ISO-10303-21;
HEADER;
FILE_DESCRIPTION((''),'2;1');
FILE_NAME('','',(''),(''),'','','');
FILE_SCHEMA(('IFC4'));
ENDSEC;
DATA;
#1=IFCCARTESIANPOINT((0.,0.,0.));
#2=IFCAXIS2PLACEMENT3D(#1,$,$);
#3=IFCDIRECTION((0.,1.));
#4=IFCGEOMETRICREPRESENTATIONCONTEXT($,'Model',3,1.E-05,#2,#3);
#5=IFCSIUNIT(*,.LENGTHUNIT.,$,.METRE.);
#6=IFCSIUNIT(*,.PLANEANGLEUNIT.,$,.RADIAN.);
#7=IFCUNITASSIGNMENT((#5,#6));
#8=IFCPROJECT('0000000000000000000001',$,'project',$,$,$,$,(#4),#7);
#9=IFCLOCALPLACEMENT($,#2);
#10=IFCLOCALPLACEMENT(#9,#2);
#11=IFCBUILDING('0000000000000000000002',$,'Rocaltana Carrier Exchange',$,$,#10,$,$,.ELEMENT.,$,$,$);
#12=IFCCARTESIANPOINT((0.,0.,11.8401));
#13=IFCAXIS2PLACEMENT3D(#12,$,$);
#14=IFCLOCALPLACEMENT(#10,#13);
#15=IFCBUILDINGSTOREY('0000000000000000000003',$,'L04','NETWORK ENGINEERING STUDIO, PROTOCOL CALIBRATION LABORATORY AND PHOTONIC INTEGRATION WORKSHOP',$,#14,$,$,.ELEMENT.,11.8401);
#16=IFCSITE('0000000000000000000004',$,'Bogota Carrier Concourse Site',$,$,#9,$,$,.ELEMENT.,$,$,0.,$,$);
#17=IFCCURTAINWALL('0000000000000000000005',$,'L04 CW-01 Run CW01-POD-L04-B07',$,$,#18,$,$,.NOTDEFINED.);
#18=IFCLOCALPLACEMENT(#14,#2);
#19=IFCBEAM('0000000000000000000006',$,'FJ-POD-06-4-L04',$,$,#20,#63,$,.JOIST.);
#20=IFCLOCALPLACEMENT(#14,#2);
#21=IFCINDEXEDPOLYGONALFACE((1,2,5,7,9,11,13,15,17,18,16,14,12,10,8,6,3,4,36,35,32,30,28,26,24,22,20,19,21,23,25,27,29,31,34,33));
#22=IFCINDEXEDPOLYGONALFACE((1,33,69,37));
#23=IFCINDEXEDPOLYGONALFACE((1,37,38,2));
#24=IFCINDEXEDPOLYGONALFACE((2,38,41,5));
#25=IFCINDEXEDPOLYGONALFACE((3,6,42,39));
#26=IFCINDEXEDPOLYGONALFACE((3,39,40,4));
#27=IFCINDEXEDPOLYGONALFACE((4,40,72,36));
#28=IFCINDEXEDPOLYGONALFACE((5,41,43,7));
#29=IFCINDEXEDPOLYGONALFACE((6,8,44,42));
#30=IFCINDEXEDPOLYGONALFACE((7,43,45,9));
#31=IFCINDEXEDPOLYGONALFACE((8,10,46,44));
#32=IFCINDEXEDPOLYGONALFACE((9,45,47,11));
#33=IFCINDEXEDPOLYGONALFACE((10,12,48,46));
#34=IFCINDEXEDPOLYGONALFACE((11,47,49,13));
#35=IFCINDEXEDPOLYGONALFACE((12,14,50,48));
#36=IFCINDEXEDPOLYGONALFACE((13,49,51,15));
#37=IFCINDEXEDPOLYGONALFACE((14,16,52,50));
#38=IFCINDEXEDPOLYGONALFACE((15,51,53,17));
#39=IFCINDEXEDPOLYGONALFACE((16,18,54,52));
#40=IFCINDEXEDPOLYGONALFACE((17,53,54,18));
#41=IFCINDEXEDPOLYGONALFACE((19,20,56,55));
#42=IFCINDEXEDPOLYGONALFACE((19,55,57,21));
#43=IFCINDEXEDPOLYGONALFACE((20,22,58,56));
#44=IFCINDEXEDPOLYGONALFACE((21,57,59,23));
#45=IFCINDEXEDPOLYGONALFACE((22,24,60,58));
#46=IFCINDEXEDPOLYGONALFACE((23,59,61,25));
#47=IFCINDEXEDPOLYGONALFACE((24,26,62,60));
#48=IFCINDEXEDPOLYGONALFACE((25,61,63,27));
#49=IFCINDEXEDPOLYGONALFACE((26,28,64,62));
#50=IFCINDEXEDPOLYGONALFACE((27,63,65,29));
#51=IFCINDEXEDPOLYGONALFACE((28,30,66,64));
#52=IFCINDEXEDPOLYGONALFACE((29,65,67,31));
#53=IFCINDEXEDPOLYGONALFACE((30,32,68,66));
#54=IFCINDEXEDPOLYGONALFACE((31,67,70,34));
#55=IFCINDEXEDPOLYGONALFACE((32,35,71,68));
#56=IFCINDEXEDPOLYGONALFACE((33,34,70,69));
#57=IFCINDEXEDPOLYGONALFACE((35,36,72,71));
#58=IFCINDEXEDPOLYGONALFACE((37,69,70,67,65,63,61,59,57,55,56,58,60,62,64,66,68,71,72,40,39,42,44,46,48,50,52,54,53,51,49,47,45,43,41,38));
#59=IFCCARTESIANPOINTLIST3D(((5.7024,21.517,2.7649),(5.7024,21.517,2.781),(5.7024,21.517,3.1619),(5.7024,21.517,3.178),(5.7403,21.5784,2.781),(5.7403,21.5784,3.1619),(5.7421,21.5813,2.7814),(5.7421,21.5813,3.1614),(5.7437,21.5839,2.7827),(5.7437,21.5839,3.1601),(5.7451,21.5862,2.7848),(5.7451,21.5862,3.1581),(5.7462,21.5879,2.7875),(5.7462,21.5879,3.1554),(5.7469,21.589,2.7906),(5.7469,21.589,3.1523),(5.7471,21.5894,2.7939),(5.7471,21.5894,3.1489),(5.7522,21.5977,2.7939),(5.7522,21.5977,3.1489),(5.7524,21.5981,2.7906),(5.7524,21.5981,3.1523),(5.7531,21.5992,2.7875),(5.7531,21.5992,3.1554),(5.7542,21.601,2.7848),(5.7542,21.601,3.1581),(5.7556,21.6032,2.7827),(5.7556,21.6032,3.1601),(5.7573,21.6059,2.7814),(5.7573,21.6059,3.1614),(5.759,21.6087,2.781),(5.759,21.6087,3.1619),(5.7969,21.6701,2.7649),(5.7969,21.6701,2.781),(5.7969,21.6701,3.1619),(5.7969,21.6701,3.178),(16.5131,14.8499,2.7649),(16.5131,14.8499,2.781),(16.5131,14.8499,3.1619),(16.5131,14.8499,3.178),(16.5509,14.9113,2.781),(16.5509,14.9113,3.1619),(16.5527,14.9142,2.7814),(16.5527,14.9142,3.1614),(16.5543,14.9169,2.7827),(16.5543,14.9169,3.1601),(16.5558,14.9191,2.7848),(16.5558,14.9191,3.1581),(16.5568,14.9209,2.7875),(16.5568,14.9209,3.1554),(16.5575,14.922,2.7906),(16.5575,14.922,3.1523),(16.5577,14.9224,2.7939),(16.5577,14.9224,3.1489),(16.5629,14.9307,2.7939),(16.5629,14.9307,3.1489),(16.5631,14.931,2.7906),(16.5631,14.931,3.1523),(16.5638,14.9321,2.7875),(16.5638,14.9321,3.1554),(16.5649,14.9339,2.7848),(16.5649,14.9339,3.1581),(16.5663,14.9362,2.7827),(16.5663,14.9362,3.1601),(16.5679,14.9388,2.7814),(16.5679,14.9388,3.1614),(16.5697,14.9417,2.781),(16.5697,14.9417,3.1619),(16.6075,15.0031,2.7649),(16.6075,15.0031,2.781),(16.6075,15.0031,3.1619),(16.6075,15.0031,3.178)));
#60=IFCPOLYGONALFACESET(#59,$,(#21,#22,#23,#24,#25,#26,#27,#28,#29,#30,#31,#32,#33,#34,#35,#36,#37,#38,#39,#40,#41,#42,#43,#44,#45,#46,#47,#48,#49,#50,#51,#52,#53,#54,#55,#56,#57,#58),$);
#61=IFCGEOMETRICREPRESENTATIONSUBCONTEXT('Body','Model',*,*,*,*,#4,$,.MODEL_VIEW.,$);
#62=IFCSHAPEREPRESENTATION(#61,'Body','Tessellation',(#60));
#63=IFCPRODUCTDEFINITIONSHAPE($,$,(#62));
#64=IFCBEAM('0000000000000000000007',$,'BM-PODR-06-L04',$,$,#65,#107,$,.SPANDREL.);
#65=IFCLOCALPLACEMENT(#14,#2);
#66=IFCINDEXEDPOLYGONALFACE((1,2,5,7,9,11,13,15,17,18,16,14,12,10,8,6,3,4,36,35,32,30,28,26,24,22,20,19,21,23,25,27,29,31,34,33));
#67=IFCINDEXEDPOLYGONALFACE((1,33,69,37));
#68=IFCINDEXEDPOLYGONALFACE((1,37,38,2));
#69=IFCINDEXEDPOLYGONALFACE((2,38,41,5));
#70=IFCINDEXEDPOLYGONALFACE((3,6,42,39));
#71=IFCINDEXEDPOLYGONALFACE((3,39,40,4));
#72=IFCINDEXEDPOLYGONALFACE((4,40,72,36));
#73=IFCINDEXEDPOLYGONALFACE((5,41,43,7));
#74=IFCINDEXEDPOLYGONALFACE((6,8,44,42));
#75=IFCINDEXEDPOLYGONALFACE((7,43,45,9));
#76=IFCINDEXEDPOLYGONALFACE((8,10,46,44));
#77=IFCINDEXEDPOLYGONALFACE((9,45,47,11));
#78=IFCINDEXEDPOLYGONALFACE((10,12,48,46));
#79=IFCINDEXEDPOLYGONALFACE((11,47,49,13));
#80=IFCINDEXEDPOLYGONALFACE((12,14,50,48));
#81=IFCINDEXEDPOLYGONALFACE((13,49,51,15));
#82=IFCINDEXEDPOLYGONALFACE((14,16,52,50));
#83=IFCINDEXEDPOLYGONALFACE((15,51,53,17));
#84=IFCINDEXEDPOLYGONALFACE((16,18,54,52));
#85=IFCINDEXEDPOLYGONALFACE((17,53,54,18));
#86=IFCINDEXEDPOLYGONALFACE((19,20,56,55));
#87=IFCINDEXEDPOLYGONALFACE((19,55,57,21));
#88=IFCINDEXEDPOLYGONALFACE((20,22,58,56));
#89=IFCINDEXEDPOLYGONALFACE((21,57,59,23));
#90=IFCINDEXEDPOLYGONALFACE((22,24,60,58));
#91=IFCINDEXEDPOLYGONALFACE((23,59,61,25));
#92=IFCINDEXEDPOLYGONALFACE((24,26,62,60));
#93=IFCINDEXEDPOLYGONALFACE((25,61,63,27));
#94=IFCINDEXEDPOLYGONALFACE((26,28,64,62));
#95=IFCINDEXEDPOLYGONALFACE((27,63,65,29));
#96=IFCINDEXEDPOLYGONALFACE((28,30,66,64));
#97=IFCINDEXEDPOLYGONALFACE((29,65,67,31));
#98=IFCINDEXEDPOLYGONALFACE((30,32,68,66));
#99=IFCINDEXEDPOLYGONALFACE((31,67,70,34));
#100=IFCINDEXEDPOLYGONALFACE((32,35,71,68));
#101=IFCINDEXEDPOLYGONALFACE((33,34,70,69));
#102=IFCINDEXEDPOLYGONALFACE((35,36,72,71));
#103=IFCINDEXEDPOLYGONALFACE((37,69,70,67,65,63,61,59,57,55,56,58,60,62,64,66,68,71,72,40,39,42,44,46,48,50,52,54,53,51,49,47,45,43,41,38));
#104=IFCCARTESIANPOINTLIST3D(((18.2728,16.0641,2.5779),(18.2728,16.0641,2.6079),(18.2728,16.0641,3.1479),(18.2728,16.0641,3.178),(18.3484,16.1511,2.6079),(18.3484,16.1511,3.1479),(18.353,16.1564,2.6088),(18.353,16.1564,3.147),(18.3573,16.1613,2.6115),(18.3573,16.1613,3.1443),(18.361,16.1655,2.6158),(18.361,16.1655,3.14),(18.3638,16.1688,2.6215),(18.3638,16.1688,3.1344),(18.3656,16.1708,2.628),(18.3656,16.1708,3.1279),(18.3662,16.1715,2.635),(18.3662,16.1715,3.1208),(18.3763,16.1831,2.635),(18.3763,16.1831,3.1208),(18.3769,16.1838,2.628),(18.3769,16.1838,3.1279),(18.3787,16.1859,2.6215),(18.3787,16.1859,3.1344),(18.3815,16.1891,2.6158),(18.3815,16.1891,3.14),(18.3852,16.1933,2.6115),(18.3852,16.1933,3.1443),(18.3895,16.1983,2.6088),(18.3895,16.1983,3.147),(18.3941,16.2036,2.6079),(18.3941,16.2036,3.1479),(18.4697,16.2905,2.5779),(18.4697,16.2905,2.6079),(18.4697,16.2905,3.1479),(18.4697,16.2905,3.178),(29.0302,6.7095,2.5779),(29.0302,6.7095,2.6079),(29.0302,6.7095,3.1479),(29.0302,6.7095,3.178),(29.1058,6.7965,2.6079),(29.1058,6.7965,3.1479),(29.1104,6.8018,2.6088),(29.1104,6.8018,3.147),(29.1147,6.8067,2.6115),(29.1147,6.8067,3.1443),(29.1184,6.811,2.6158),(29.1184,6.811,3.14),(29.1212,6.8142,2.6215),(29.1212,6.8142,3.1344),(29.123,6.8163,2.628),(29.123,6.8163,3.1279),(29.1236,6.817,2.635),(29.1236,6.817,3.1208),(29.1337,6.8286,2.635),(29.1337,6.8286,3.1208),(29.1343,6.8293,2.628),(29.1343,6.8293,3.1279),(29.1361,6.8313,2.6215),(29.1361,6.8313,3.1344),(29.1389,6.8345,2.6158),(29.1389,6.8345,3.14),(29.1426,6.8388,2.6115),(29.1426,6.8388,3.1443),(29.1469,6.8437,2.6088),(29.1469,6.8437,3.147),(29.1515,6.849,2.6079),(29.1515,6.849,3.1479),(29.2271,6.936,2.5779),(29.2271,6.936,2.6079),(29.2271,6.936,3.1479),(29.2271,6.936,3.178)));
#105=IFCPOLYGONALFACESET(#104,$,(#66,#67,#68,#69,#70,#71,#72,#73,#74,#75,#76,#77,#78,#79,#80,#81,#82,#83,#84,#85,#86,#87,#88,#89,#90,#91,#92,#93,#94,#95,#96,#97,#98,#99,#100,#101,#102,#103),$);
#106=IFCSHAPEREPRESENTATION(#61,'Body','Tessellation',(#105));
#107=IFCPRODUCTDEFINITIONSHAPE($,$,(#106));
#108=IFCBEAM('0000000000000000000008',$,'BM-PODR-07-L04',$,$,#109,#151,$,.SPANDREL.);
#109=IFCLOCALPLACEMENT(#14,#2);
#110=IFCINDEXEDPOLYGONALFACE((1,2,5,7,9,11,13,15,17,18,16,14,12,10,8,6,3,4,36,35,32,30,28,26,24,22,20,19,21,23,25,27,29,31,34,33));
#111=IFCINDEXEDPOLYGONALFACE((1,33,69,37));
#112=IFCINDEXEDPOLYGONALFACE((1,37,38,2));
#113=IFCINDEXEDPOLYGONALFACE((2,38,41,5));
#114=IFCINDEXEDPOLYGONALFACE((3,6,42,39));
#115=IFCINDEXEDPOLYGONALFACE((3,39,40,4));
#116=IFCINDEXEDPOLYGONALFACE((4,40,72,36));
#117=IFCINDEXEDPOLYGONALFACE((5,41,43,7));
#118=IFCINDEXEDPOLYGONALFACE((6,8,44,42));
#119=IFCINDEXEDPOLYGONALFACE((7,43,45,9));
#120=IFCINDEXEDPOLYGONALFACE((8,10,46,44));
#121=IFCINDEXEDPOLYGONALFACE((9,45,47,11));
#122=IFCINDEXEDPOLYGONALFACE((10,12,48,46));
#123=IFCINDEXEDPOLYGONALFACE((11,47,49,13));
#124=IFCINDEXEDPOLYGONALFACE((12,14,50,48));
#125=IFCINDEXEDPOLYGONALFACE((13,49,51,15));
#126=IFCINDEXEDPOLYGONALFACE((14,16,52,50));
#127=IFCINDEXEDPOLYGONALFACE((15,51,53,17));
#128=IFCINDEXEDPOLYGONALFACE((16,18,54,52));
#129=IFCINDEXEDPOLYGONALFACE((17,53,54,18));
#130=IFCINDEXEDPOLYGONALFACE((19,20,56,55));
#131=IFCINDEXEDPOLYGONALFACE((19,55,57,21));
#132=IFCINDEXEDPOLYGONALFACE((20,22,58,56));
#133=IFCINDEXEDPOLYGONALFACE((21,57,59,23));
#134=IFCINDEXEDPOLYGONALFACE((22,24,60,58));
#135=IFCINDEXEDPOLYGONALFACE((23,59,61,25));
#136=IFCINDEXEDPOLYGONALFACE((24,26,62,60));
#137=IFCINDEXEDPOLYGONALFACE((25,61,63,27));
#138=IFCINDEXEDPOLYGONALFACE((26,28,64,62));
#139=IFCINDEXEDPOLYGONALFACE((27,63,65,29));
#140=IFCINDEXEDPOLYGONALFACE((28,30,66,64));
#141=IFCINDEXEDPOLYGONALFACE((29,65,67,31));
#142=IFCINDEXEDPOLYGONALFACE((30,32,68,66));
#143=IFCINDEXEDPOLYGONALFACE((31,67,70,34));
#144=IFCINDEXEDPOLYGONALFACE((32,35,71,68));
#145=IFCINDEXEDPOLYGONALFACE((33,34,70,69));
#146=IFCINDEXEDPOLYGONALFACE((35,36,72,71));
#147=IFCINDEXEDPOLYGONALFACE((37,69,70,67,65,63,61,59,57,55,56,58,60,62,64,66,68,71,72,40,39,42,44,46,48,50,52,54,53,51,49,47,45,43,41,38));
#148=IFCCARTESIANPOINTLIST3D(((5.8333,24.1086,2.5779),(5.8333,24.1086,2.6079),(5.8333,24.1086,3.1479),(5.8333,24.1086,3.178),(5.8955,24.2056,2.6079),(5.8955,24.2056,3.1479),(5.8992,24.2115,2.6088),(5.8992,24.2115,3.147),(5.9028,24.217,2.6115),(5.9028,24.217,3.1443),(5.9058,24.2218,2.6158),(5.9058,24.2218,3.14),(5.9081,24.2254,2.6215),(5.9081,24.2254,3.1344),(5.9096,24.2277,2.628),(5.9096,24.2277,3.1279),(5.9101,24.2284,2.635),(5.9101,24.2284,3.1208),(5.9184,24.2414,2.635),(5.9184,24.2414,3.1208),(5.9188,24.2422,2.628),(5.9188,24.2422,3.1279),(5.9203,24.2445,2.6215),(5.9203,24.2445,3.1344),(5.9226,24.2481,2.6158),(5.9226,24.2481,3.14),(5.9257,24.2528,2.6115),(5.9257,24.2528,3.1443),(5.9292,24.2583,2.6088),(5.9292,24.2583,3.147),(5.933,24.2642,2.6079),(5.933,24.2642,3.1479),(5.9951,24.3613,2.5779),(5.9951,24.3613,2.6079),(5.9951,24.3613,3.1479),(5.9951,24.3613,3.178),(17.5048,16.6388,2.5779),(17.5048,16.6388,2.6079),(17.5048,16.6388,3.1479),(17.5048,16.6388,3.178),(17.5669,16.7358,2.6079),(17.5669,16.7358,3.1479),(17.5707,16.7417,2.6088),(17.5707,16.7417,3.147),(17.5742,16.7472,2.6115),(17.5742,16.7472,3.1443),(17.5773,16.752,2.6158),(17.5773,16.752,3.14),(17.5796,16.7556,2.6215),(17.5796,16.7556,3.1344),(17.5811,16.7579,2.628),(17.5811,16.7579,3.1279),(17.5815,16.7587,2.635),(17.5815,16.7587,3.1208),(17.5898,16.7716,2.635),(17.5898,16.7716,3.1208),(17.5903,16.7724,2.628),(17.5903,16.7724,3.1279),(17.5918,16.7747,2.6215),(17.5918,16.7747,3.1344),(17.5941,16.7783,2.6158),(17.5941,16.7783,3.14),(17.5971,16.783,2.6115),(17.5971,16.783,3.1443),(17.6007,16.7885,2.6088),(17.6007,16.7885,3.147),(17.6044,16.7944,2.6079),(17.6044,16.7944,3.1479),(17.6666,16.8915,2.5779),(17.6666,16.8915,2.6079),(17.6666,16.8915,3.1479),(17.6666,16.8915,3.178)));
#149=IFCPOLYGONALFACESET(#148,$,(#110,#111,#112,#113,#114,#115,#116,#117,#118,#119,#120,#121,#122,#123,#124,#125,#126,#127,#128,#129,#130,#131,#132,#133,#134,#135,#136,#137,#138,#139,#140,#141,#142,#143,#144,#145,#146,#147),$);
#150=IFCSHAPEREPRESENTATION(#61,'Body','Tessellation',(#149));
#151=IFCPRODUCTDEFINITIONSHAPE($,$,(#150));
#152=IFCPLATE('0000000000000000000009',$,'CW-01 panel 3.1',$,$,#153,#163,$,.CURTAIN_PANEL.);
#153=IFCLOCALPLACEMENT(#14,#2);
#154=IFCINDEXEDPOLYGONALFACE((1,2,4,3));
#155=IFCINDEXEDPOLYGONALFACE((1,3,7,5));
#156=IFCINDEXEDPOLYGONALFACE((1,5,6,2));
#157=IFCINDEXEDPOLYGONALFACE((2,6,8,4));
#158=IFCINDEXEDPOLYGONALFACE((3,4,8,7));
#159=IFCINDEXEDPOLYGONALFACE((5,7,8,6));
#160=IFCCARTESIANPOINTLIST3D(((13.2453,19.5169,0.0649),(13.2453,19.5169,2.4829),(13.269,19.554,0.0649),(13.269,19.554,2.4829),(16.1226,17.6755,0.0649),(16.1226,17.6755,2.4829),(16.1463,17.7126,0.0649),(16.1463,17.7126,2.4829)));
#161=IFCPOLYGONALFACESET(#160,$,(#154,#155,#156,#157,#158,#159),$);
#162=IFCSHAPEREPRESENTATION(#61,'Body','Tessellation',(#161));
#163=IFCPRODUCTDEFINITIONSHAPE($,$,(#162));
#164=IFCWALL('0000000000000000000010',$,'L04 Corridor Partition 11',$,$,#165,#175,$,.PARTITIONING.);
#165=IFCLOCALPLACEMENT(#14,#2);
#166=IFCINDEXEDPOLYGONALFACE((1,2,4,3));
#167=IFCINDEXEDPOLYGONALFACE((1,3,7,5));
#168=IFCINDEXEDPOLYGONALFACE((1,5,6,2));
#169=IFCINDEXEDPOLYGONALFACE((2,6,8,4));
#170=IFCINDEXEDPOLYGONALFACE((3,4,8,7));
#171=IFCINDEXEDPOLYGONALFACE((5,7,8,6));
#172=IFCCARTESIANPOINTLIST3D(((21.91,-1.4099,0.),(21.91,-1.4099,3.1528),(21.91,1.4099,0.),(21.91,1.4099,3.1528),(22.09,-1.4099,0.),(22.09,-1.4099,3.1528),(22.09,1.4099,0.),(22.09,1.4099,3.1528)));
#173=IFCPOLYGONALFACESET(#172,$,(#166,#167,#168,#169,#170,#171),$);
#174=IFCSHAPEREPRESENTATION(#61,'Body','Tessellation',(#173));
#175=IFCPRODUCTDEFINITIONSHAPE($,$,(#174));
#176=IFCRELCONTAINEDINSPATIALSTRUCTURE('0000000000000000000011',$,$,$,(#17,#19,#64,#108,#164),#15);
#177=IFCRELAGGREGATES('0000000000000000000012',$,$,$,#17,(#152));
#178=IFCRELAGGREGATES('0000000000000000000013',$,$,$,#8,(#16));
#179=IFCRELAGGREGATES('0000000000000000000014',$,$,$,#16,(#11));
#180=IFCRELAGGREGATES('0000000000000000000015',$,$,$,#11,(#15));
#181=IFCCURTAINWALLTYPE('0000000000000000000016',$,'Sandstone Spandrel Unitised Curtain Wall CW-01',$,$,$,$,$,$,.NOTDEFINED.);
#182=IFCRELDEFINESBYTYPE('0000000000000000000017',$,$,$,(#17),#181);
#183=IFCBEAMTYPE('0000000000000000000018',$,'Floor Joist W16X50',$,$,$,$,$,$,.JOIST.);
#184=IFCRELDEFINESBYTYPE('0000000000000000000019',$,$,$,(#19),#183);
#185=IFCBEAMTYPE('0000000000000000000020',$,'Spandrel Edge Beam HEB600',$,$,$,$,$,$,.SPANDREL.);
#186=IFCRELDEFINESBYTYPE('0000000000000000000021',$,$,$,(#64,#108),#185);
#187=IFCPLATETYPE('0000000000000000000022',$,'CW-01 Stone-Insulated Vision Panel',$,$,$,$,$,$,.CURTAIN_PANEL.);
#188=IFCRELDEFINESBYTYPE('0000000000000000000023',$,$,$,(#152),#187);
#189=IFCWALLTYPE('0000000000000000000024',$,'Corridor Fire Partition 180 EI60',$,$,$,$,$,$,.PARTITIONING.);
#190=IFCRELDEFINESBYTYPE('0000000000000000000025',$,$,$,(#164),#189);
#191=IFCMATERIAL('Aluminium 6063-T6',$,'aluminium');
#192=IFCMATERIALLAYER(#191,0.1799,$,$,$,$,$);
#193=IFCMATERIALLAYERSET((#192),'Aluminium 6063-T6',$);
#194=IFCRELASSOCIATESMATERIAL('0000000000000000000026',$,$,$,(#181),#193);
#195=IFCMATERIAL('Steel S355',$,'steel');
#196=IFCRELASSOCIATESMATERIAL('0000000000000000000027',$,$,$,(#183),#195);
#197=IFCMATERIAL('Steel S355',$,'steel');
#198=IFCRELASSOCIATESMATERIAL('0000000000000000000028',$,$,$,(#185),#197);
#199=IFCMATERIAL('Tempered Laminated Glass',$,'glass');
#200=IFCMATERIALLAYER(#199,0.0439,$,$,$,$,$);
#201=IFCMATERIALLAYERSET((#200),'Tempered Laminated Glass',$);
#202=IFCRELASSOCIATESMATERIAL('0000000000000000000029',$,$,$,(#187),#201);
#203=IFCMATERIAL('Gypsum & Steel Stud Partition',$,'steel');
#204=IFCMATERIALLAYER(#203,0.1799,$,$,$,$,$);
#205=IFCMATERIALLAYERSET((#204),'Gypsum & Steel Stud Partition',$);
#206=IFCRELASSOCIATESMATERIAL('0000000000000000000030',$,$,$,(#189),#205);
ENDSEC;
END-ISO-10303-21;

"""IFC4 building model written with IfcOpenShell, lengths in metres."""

from ifc_helpers import new_model, si_unit, direction, frame, frame_2d, origin, origin_2d, place, context, subcontext, project, spatial, rectangle, i_section, extrude, material, layer, layer_set, material_profile, profile_set, type_object, element, aggregate, save


model = new_model("IFC4")

# Units and contexts
model_context = context("Model", 3, precision=1e-05, world=origin(), true_north=direction((0.0, 1.0)))
body_context = subcontext(model_context, "Body", "Model", "MODEL_VIEW")
ifc_project = project(units=[si_unit("LENGTHUNIT", "METRE"), si_unit("PLANEANGLEUNIT", "RADIAN")], contexts=[model_context])

# Site, building, storey
site_placement = place(None, origin())
site = spatial("IfcSite", under=ifc_project, at=site_placement, Name="Bogota Carrier Concourse Site", CompositionType="ELEMENT", RefElevation=0.0)
building_placement = place(site_placement, origin())
building = spatial("IfcBuilding", under=site, at=building_placement, Name="Rocaltana Carrier Exchange", CompositionType="ELEMENT")
storey_placement = place(building_placement, frame((0.0, 0.0, 11.8401)))
storey = spatial("IfcBuildingStorey", under=building, at=storey_placement, Name="L04", Description="NETWORK ENGINEERING STUDIO, PROTOCOL CALIBRATION LABORATORY AND PHOTONIC INTEGRATION WORKSHOP", CompositionType="ELEMENT", Elevation=11.8401)

# Curtain wall
ifc_material_1 = material(Name="Aluminium 6063-T6", Category="aluminium")
ifc_layer_1 = layer(ifc_material_1, 0.1799)
ifc_layer_set_1 = layer_set([ifc_layer_1], Name="Aluminium 6063-T6")
curtain_wall_type = type_object("IfcCurtainWallType", Name="Sandstone Spandrel Unitised Curtain Wall CW-01", PredefinedType="NOTDEFINED", material=ifc_layer_set_1)
curtain_wall_placement = place(storey_placement, origin())
curtain_wall = element("IfcCurtainWall", 1, at=curtain_wall_placement, inside=storey, type_object=curtain_wall_type, Name="L04 CW-01 Run CW01-POD-L04-B07", PredefinedType="NOTDEFINED")

# Beams
ifc_material_2 = material(Name="Steel S355", Category="steel")
ifc_material_profile_1 = material_profile(ifc_material_2, i_section(OverallWidth=0.1799, OverallDepth=0.4131, WebThickness=0.0098, FlangeThickness=0.0161, FilletRadius=0.0129, at=origin_2d()), Name="W16X50")
ifc_profile_set_1 = profile_set([ifc_material_profile_1], Name="Steel S355")
beam_type_1 = type_object("IfcBeamType", Name="Floor Joist W16X50", PredefinedType="JOIST", material=ifc_profile_set_1)
beam_1_placement = place(storey_placement, frame((16.5603, 14.9265, 2.9714), z_axis=(-0.851154, 0.524917, 0.0), x_axis=(-0.524917, -0.851154, 0.0)))
element("IfcBeam", 2, at=beam_1_placement, inside=storey, type_object=beam_type_1, Name="FJ-POD-06-4-L04", PredefinedType="JOIST", context=body_context, shape_type="SweptSolid", body=[
    extrude(i_section(OverallWidth=0.1799, OverallDepth=0.4131, WebThickness=0.0098, FlangeThickness=0.0161, FilletRadius=0.0129, at=origin_2d()), origin(), (0.0, 0.0, 1.0), 12.7012),
])
ifc_material_3 = material(Name="Steel S355", Category="steel")
ifc_material_profile_2 = material_profile(ifc_material_3, i_section(OverallWidth=0.3, OverallDepth=0.6001, WebThickness=0.0154, FlangeThickness=0.03, FilletRadius=0.0271, at=origin_2d()), Name="HEB600")
ifc_profile_set_2 = profile_set([ifc_material_profile_2], Name="Steel S355")
beam_type_2 = type_object("IfcBeamType", Name="Spandrel Edge Beam HEB600", PredefinedType="SPANDREL", material=ifc_profile_set_2)
beam_2_placement = place(storey_placement, frame((29.1287, 6.8228, 2.8779), z_axis=(-0.754595, 0.656191, 0.0), x_axis=(-0.656191, -0.754595, 0.0)))
element("IfcBeam", 3, at=beam_2_placement, inside=storey, type_object=beam_type_2, Name="BM-PODR-06-L04", PredefinedType="SPANDREL", context=body_context, shape_type="SweptSolid", body=[
    extrude(i_section(OverallWidth=0.3, OverallDepth=0.6001, WebThickness=0.0154, FlangeThickness=0.03, FilletRadius=0.0271, at=origin_2d()), origin(), (0.0, 0.0, 1.0), 14.2559),
])
beam_3_placement = place(storey_placement, frame((17.5857, 16.7651, 2.8779), z_axis=(-0.84227, 0.539056, 0.0), x_axis=(-0.539056, -0.84227, 0.0)))
element("IfcBeam", 4, at=beam_3_placement, inside=storey, type_object=beam_type_2, Name="BM-PODR-07-L04", PredefinedType="SPANDREL", context=body_context, shape_type="SweptSolid", body=[
    extrude(i_section(OverallWidth=0.3, OverallDepth=0.6001, WebThickness=0.0154, FlangeThickness=0.03, FilletRadius=0.0271, at=origin_2d()), origin(), (0.0, 0.0, 1.0), 13.8572),
])

# Plate
ifc_material_4 = material(Name="Tempered Laminated Glass", Category="glass")
ifc_layer_2 = layer(ifc_material_4, 0.0439)
ifc_layer_set_2 = layer_set([ifc_layer_2], Name="Tempered Laminated Glass")
plate_type = type_object("IfcPlateType", Name="CW-01 Stone-Insulated Vision Panel", PredefinedType="CURTAIN_PANEL", material=ifc_layer_set_2)
plate_placement = place(storey_placement, frame((14.6958, 18.6147, 0.0649), z_axis=(0.0, 0.0, 1.0), x_axis=(0.842273, -0.53905, 0.0)))
plate = element("IfcPlate", 5, at=plate_placement, type_object=plate_type, Name="CW-01 panel 3.1", PredefinedType="CURTAIN_PANEL", context=body_context, shape_type="SweptSolid", body=[
    extrude(rectangle(XDim=3.416, YDim=0.0439, at=origin_2d()), origin(), (0.0, 0.0, 1.0), 2.418),
])
aggregate(curtain_wall, [plate])

# Wall
ifc_material_5 = material(Name="Gypsum & Steel Stud Partition", Category="steel")
ifc_layer_3 = layer(ifc_material_5, 0.1799)
ifc_layer_set_3 = layer_set([ifc_layer_3], Name="Gypsum & Steel Stud Partition")
wall_type_1 = type_object("IfcWallType", Name="Corridor Fire Partition 180 EI60", PredefinedType="PARTITIONING", material=ifc_layer_set_3)
wall_1_placement = place(storey_placement, frame((22.0, 1.4099, 0.0), z_axis=(0.0, 0.0, 1.0), x_axis=(0.0, -1.0, 0.0)))
element("IfcWall", 6, at=wall_1_placement, inside=storey, type_object=wall_type_1, Name="L04 Corridor Partition 11", PredefinedType="PARTITIONING", context=body_context, shape_type="SweptSolid", body=[
    extrude(rectangle(XDim=2.8198, YDim=0.1799, at=frame_2d((1.4099, 0.0))), origin(), (0.0, 0.0, 1.0), 3.1528),
])

save(model, "model.ifc")
